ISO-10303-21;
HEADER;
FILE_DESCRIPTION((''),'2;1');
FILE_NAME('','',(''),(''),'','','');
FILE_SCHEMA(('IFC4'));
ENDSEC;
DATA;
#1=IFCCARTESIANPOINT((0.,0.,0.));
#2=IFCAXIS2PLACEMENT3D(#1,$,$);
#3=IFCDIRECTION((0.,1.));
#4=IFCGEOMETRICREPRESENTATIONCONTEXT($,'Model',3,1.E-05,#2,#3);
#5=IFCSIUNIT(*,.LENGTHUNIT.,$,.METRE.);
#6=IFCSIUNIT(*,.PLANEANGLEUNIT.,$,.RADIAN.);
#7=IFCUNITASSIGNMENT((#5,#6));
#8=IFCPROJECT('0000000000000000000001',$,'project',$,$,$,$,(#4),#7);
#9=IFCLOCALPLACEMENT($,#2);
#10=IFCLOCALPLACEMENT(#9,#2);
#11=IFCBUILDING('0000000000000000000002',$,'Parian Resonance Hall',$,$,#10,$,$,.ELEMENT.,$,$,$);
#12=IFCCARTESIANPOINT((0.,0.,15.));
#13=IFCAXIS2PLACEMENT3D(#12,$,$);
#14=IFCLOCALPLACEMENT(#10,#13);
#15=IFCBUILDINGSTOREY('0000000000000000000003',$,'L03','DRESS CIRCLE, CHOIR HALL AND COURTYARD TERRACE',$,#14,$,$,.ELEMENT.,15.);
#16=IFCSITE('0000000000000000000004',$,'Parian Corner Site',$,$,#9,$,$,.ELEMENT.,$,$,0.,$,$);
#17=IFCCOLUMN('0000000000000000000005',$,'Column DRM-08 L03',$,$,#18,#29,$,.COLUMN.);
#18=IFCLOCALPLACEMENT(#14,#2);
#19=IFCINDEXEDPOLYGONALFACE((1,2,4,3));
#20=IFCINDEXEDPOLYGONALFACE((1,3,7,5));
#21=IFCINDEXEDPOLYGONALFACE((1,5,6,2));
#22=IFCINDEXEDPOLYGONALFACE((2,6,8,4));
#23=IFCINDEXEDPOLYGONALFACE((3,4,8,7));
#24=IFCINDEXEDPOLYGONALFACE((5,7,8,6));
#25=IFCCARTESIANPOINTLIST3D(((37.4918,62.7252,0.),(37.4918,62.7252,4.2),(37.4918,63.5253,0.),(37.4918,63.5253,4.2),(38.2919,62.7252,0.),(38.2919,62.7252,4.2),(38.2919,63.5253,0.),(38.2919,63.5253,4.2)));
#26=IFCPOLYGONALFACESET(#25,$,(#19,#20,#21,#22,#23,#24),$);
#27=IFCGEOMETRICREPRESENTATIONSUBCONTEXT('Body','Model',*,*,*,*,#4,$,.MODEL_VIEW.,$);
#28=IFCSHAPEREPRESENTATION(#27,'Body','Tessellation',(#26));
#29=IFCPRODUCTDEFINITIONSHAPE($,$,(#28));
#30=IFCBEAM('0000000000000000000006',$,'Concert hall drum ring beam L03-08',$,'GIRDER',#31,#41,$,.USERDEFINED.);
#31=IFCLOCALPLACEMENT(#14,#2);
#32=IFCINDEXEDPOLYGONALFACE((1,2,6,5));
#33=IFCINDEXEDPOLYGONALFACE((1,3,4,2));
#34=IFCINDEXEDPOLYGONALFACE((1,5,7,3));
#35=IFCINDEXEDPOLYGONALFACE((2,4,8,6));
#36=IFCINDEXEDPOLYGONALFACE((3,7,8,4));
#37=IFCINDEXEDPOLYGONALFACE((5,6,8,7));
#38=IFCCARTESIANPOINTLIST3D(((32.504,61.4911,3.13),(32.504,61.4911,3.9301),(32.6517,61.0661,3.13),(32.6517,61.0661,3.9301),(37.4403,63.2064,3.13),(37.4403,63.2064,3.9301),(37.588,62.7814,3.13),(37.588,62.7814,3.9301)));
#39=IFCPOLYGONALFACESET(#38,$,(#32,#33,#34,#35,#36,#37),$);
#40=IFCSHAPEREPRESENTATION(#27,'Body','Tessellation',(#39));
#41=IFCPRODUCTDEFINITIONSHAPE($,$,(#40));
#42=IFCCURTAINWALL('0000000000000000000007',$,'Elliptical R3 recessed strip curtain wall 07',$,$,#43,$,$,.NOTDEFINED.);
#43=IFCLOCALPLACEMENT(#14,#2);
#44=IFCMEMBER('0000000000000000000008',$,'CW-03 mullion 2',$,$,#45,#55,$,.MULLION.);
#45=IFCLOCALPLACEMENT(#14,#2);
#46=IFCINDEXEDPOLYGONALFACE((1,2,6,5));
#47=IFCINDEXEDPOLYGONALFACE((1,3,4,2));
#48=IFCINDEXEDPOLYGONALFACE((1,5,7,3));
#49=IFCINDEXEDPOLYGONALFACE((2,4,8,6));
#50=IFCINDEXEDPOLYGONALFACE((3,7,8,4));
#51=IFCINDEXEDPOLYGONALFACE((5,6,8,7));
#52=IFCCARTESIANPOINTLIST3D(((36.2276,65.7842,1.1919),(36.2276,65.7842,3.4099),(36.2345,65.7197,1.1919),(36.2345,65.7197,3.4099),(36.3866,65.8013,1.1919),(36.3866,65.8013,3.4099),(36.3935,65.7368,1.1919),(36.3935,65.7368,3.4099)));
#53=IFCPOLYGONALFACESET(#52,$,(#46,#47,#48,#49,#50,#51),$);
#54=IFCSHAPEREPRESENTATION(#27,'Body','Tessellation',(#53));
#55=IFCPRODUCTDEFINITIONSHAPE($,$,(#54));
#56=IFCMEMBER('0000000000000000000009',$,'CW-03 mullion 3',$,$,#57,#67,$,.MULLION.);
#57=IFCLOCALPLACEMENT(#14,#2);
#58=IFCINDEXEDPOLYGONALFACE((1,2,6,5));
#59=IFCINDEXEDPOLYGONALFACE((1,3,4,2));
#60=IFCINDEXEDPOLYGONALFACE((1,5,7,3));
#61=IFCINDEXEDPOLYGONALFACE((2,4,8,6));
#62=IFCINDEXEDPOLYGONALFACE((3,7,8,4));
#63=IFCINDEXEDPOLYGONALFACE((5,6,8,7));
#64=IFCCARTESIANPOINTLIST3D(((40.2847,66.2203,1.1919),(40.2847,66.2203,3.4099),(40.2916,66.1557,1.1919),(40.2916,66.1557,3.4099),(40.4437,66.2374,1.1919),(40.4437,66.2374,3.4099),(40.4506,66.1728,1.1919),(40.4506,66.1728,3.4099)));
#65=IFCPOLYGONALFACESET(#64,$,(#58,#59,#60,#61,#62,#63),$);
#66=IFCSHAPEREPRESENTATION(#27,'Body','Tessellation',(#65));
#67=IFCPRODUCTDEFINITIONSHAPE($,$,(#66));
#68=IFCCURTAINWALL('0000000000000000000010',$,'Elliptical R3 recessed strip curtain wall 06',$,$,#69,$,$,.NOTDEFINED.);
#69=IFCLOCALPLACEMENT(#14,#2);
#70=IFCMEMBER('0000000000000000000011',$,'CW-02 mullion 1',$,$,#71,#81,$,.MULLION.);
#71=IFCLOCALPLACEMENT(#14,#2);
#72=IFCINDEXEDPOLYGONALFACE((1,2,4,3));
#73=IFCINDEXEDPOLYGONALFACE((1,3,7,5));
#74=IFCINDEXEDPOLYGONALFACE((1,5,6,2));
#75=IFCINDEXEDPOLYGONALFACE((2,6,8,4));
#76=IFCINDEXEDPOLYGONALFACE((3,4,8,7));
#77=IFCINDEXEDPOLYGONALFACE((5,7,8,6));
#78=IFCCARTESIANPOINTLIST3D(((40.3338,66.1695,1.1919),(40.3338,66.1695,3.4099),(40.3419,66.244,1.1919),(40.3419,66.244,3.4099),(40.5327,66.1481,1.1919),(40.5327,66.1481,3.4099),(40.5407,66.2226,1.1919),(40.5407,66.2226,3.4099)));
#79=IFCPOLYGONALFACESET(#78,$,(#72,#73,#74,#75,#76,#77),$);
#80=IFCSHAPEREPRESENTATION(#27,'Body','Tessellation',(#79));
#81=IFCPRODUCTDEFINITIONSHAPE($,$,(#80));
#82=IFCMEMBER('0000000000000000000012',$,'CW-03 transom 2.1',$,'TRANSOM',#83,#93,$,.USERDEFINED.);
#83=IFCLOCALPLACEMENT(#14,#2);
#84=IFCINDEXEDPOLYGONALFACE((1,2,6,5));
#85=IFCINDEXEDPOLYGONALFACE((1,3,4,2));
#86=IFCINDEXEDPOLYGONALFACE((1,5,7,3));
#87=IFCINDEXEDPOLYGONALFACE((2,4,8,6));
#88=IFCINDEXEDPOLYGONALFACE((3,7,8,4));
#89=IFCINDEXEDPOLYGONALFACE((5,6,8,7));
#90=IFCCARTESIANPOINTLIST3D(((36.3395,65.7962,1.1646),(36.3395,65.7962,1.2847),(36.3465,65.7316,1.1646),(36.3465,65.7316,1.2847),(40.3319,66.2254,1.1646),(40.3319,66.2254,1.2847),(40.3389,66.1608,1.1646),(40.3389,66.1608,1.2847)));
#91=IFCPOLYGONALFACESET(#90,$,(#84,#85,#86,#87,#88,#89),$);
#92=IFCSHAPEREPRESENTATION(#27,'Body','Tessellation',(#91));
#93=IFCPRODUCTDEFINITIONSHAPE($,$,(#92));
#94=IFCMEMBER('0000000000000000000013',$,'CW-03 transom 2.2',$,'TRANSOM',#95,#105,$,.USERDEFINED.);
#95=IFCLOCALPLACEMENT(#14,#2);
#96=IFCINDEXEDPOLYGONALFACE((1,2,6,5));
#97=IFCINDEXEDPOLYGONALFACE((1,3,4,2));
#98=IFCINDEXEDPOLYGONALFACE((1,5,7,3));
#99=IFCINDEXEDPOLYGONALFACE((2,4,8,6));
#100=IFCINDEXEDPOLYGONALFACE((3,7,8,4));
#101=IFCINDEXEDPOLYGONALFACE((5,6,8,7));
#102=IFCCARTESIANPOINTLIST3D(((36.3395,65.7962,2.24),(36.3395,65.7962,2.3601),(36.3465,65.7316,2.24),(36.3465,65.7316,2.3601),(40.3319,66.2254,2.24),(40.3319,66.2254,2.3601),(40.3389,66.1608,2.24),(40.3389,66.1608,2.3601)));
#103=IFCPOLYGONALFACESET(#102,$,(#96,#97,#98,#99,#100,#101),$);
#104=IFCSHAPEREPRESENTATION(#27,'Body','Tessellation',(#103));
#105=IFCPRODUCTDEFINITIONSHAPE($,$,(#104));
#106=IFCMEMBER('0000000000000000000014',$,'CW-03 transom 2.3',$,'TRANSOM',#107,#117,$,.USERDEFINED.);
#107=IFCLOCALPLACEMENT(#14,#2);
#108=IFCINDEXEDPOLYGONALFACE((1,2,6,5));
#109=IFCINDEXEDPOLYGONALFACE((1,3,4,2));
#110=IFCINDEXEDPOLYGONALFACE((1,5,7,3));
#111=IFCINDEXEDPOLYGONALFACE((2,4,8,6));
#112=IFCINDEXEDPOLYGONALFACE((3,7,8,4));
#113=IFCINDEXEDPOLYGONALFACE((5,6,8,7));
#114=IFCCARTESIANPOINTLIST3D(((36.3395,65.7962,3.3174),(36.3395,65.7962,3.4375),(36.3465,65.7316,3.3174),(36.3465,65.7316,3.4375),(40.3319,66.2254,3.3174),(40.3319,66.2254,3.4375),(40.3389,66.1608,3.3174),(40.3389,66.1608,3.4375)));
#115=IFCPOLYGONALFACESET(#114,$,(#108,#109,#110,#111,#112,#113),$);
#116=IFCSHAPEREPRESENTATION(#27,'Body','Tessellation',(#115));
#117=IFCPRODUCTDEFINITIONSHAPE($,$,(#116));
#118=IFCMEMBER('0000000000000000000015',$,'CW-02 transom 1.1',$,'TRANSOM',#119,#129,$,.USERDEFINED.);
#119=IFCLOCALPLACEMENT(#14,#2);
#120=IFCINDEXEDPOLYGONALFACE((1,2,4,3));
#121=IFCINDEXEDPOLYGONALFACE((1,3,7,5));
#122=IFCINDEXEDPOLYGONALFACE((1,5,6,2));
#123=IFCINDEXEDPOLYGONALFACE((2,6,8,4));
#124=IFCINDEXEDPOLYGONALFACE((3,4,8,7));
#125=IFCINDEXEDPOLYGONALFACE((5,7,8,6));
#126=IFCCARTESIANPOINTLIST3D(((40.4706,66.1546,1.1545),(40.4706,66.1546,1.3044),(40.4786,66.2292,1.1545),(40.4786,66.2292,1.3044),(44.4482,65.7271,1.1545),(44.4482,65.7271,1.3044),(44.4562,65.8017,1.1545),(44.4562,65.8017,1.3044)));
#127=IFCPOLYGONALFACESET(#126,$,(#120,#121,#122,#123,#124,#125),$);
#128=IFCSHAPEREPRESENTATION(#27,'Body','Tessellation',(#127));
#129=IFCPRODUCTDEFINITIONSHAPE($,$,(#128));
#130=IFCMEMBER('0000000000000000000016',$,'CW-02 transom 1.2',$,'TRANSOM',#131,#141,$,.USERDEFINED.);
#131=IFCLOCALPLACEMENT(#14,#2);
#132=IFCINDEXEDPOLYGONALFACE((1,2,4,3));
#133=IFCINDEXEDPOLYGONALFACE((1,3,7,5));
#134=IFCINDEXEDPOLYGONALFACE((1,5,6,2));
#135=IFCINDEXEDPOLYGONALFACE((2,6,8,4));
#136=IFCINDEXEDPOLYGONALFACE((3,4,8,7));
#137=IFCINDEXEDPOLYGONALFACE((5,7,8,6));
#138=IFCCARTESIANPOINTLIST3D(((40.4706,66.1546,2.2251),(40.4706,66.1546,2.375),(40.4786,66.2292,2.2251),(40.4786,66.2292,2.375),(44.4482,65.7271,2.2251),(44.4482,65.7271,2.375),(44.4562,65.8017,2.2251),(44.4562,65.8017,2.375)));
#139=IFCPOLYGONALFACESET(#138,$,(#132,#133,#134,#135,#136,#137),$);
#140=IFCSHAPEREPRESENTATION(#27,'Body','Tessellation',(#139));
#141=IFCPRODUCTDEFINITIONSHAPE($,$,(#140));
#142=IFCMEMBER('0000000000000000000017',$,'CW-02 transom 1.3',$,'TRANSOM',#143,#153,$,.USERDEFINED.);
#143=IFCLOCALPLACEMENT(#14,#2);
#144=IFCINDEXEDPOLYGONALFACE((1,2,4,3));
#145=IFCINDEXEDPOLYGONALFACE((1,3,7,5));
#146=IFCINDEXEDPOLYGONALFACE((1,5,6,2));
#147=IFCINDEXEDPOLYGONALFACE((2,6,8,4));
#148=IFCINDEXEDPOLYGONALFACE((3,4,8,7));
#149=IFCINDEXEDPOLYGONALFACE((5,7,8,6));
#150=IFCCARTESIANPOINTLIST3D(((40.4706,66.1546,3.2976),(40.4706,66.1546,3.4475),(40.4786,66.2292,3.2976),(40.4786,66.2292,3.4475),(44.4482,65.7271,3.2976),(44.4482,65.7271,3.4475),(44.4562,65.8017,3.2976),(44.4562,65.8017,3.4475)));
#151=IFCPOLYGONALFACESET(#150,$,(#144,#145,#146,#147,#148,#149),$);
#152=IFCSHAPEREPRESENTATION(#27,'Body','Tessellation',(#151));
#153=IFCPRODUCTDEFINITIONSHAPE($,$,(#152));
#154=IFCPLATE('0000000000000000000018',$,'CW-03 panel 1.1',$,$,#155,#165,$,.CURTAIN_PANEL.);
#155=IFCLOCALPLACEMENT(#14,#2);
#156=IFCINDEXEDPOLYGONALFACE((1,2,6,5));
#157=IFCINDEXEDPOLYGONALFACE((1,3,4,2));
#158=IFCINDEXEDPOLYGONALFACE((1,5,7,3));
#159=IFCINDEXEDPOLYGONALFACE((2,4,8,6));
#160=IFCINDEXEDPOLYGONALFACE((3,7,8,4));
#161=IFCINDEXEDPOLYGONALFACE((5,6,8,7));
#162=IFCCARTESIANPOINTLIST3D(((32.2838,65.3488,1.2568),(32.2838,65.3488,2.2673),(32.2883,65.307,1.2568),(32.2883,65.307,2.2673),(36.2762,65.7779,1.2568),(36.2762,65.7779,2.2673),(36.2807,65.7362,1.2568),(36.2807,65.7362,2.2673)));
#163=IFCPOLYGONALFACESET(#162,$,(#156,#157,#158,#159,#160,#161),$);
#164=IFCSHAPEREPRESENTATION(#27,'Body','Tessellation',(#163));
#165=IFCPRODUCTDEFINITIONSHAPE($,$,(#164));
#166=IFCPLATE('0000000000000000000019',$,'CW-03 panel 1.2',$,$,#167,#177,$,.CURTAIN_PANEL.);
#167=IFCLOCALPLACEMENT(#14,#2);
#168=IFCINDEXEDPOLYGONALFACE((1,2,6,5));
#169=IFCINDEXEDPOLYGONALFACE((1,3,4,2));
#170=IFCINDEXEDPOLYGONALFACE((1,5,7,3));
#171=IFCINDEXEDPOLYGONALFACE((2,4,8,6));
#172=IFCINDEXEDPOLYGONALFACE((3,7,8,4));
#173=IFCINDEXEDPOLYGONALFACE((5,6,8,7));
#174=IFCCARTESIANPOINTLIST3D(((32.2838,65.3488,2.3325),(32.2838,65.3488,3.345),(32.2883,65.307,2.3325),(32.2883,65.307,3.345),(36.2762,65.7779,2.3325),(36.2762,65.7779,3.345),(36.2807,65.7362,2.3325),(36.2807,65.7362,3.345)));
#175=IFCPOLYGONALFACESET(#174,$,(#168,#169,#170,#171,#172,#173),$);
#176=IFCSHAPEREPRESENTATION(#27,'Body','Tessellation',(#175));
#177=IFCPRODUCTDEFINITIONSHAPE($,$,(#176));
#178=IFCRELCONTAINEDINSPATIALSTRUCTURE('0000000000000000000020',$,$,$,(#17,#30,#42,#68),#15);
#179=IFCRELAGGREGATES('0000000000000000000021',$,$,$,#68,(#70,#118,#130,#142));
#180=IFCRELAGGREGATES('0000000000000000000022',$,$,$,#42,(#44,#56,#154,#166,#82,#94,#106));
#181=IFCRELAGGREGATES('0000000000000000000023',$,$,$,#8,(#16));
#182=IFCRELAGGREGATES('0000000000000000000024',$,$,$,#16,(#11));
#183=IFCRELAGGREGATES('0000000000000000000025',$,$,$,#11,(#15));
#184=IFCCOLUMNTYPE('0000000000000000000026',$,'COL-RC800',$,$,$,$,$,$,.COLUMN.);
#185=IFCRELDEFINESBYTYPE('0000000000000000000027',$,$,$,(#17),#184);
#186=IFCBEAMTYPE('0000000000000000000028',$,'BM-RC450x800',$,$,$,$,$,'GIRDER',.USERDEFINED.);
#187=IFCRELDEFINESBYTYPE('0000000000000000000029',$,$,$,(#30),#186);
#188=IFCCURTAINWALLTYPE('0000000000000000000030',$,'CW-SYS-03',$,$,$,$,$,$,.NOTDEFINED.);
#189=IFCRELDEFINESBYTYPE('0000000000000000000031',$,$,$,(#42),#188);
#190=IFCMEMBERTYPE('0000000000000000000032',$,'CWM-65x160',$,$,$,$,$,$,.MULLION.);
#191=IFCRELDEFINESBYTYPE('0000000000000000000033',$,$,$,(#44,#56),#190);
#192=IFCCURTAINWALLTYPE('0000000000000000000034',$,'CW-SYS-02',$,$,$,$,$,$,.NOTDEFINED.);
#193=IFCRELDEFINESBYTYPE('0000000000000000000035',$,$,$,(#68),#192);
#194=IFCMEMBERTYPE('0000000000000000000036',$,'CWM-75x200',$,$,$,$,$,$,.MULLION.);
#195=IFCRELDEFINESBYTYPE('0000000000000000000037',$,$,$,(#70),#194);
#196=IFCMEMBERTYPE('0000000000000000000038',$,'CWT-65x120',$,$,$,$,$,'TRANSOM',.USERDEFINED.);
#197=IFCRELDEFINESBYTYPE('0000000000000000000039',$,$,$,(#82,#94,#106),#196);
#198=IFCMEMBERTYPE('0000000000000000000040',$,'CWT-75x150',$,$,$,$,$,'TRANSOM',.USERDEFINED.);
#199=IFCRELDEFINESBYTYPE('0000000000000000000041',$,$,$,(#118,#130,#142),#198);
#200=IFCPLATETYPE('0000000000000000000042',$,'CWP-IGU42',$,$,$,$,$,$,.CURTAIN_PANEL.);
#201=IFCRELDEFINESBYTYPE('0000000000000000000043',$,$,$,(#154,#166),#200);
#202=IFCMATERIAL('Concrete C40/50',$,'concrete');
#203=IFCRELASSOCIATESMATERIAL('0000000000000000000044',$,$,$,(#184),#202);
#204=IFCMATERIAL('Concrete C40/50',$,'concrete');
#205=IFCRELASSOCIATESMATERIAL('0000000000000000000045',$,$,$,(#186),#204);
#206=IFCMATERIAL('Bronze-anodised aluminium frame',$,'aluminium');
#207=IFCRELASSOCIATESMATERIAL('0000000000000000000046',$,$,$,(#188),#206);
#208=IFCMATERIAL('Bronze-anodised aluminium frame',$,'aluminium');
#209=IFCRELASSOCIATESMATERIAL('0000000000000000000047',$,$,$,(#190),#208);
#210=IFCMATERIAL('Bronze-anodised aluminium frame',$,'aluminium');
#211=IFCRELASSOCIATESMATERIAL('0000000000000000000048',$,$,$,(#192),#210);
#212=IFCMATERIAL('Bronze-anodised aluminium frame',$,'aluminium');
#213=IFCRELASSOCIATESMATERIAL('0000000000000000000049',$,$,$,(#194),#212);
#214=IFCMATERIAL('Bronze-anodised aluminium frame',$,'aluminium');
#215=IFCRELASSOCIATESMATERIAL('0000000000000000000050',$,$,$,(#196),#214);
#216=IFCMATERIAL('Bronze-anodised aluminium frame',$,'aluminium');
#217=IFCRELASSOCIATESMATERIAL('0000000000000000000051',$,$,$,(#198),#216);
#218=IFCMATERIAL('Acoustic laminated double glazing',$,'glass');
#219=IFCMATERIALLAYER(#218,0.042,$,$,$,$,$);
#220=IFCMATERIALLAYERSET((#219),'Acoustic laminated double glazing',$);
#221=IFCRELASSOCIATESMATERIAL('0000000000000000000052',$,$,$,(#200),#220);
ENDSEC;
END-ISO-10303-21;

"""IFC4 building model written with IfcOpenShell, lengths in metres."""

from ifc_helpers import new_model, si_unit, direction, frame, origin, origin_2d, place, context, subcontext, project, spatial, rectangle, extrude, material, layer, layer_set, material_profile, profile_set, type_object, element, aggregate, save


model = new_model("IFC4")

# Units and contexts
model_context = context("Model", 3, precision=1e-05, world=origin(), true_north=direction((0.0, 1.0)))
body_context = subcontext(model_context, "Body", "Model", "MODEL_VIEW")
ifc_project = project(units=[si_unit("LENGTHUNIT", "METRE"), si_unit("PLANEANGLEUNIT", "RADIAN")], contexts=[model_context])

# Site, building, storey
site_placement = place(None, origin())
site = spatial("IfcSite", under=ifc_project, at=site_placement, Name="Parian Corner Site", CompositionType="ELEMENT", RefElevation=0.0)
building_placement = place(site_placement, origin())
building = spatial("IfcBuilding", under=site, at=building_placement, Name="Parian Resonance Hall", CompositionType="ELEMENT")
storey_placement = place(building_placement, frame((0.0, 0.0, 15.0)))
storey = spatial("IfcBuildingStorey", under=building, at=storey_placement, Name="L03", Description="DRESS CIRCLE, CHOIR HALL AND COURTYARD TERRACE", CompositionType="ELEMENT", Elevation=15.0)

# Column
ifc_material_1 = material(Name="Concrete C40/50", Category="concrete")
ifc_material_profile_1 = material_profile(ifc_material_1, rectangle(XDim=0.8, YDim=0.8, at=origin_2d()), Name="RC-COL-800x800")
ifc_profile_set_1 = profile_set([ifc_material_profile_1], Name="Concrete C40/50")
column_type = type_object("IfcColumnType", Name="COL-RC800", PredefinedType="COLUMN", material=ifc_profile_set_1)
column_placement = place(storey_placement, frame((37.8918, 63.1252, 0.0), z_axis=(0.0, 0.0, 1.0), x_axis=(1.0, 0.0, 0.0)))
element("IfcColumn", 1, at=column_placement, inside=storey, type_object=column_type, Name="Column DRM-08 L03", PredefinedType="COLUMN", context=body_context, shape_type="SweptSolid", body=[
    extrude(rectangle(XDim=0.8, YDim=0.8, at=origin_2d()), origin(), (0.0, 0.0, 1.0), 4.2),
])

# Beam
ifc_material_2 = material(Name="Concrete C40/50", Category="concrete")
ifc_material_profile_2 = material_profile(ifc_material_2, rectangle(XDim=0.45, YDim=0.8, at=origin_2d()), Name="RC-BM-450x800")
ifc_profile_set_2 = profile_set([ifc_material_profile_2], Name="Concrete C40/50")
beam_type = type_object("IfcBeamType", Name="BM-RC450x800", ElementType="GIRDER", PredefinedType="USERDEFINED", material=ifc_profile_set_2)
beam_placement = place(storey_placement, frame((37.5142, 62.9939, 3.53), z_axis=(-0.944594, -0.328242, 0.0), x_axis=(0.328242, -0.944594, 0.0)))
element("IfcBeam", 2, at=beam_placement, inside=storey, type_object=beam_type, Name="Concert hall drum ring beam L03-08", ObjectType="GIRDER", PredefinedType="USERDEFINED", context=body_context, shape_type="SweptSolid", body=[
    extrude(rectangle(XDim=0.45, YDim=0.8, at=origin_2d()), origin(), (0.0, 0.0, 1.0), 5.2258),
])

# Curtain wall, members
ifc_material_3 = material(Name="Bronze-anodised aluminium frame", Category="aluminium")
curtain_wall_type_1 = type_object("IfcCurtainWallType", Name="CW-SYS-03", PredefinedType="NOTDEFINED", material=ifc_material_3)
curtain_wall_1_placement = place(storey_placement, origin())
curtain_wall_1 = element("IfcCurtainWall", 3, at=curtain_wall_1_placement, inside=storey, type_object=curtain_wall_type_1, Name="Elliptical R3 recessed strip curtain wall 07", PredefinedType="NOTDEFINED")
ifc_material_4 = material(Name="Bronze-anodised aluminium frame", Category="aluminium")
ifc_material_profile_3 = material_profile(ifc_material_4, rectangle(XDim=0.0649, YDim=0.1599, at=origin_2d()), Name="CWM-65x160")
ifc_profile_set_3 = profile_set([ifc_material_profile_3], Name="Bronze-anodised aluminium frame")
member_type_1 = type_object("IfcMemberType", Name="CWM-65x160", PredefinedType="MULLION", material=ifc_profile_set_3)
member_1_placement = place(storey_placement, frame((36.3105, 65.7605, 1.1919), z_axis=(0.0, 0.0, 1.0), x_axis=(-0.106871, 0.994273, 0.0)))
member_1 = element("IfcMember", 4, at=member_1_placement, type_object=member_type_1, Name="CW-03 mullion 2", PredefinedType="MULLION", context=body_context, shape_type="SweptSolid", body=[
    extrude(rectangle(XDim=0.0649, YDim=0.1599, at=origin_2d()), origin(), (0.0, 0.0, 1.0), 2.218),
])
member_2_placement = place(storey_placement, frame((40.3677, 66.1965, 1.1919), z_axis=(0.0, 0.0, 1.0), x_axis=(-0.106871, 0.994273, 0.0)))
member_2 = element("IfcMember", 5, at=member_2_placement, type_object=member_type_1, Name="CW-03 mullion 3", PredefinedType="MULLION", context=body_context, shape_type="SweptSolid", body=[
    extrude(rectangle(XDim=0.0649, YDim=0.1599, at=origin_2d()), origin(), (0.0, 0.0, 1.0), 2.218),
])

# Curtain wall, member
ifc_material_5 = material(Name="Bronze-anodised aluminium frame", Category="aluminium")
curtain_wall_type_2 = type_object("IfcCurtainWallType", Name="CW-SYS-02", PredefinedType="NOTDEFINED", material=ifc_material_5)
curtain_wall_2_placement = place(storey_placement, origin())
curtain_wall_2 = element("IfcCurtainWall", 6, at=curtain_wall_2_placement, inside=storey, type_object=curtain_wall_type_2, Name="Elliptical R3 recessed strip curtain wall 06", PredefinedType="NOTDEFINED")
ifc_material_6 = material(Name="Bronze-anodised aluminium frame", Category="aluminium")
ifc_material_profile_4 = material_profile(ifc_material_6, rectangle(XDim=0.075, YDim=0.2, at=origin_2d()), Name="CWM-75x200")
ifc_profile_set_4 = profile_set([ifc_material_profile_4], Name="Bronze-anodised aluminium frame")
member_type_2 = type_object("IfcMemberType", Name="CWM-75x200", PredefinedType="MULLION", material=ifc_profile_set_4)
member_3_placement = place(storey_placement, frame((40.4373, 66.196, 1.1919), z_axis=(0.0, 0.0, 1.0), x_axis=(0.106871, 0.994273, 0.0)))
member_3 = element("IfcMember", 7, at=member_3_placement, type_object=member_type_2, Name="CW-02 mullion 1", PredefinedType="MULLION", context=body_context, shape_type="SweptSolid", body=[
    extrude(rectangle(XDim=0.075, YDim=0.2, at=origin_2d()), origin(), (0.0, 0.0, 1.0), 2.218),
])

# Members
ifc_material_7 = material(Name="Bronze-anodised aluminium frame", Category="aluminium")
ifc_material_profile_5 = material_profile(ifc_material_7, rectangle(XDim=0.0649, YDim=0.1201, at=origin_2d()), Name="CWT-65x120")
ifc_profile_set_5 = profile_set([ifc_material_profile_5], Name="Bronze-anodised aluminium frame")
member_type_3 = type_object("IfcMemberType", Name="CWT-65x120", ElementType="TRANSOM", PredefinedType="USERDEFINED", material=ifc_profile_set_5)
member_4_placement = place(storey_placement, frame((36.343, 65.7639, 1.2246), z_axis=(0.994271, 0.106887, 0.0), x_axis=(-0.106887, 0.994271, 0.0)))
member_4 = element("IfcMember", 8, at=member_4_placement, type_object=member_type_3, Name="CW-03 transom 2.1", ObjectType="TRANSOM", PredefinedType="USERDEFINED", context=body_context, shape_type="SweptSolid", body=[
    extrude(rectangle(XDim=0.0649, YDim=0.1201, at=origin_2d()), origin(), (0.0, 0.0, 1.0), 4.0154),
])
member_5_placement = place(storey_placement, frame((36.343, 65.7639, 2.3), z_axis=(0.994271, 0.106887, 0.0), x_axis=(-0.106887, 0.994271, 0.0)))
member_5 = element("IfcMember", 9, at=member_5_placement, type_object=member_type_3, Name="CW-03 transom 2.2", ObjectType="TRANSOM", PredefinedType="USERDEFINED", context=body_context, shape_type="SweptSolid", body=[
    extrude(rectangle(XDim=0.0649, YDim=0.1201, at=origin_2d()), origin(), (0.0, 0.0, 1.0), 4.0154),
])
member_6_placement = place(storey_placement, frame((36.343, 65.7639, 3.3774), z_axis=(0.994271, 0.106887, 0.0), x_axis=(-0.106887, 0.994271, 0.0)))
member_6 = element("IfcMember", 10, at=member_6_placement, type_object=member_type_3, Name="CW-03 transom 2.3", ObjectType="TRANSOM", PredefinedType="USERDEFINED", context=body_context, shape_type="SweptSolid", body=[
    extrude(rectangle(XDim=0.0649, YDim=0.1201, at=origin_2d()), origin(), (0.0, 0.0, 1.0), 4.0154),
])
ifc_material_8 = material(Name="Bronze-anodised aluminium frame", Category="aluminium")
ifc_material_profile_6 = material_profile(ifc_material_8, rectangle(XDim=0.075, YDim=0.1499, at=origin_2d()), Name="CWT-75x150")
ifc_profile_set_6 = profile_set([ifc_material_profile_6], Name="Bronze-anodised aluminium frame")
member_type_4 = type_object("IfcMemberType", Name="CWT-75x150", ElementType="TRANSOM", PredefinedType="USERDEFINED", material=ifc_profile_set_6)
member_7_placement = place(storey_placement, frame((40.4746, 66.1919, 1.2295), z_axis=(0.994274, -0.106861, 0.0), x_axis=(0.106861, 0.994274, 0.0)))
member_7 = element("IfcMember", 11, at=member_7_placement, type_object=member_type_4, Name="CW-02 transom 1.1", ObjectType="TRANSOM", PredefinedType="USERDEFINED", context=body_context, shape_type="SweptSolid", body=[
    extrude(rectangle(XDim=0.075, YDim=0.1499, at=origin_2d()), origin(), (0.0, 0.0, 1.0), 4.0005),
])
member_8_placement = place(storey_placement, frame((40.4746, 66.1919, 2.3), z_axis=(0.994274, -0.106861, 0.0), x_axis=(0.106861, 0.994274, 0.0)))
member_8 = element("IfcMember", 12, at=member_8_placement, type_object=member_type_4, Name="CW-02 transom 1.2", ObjectType="TRANSOM", PredefinedType="USERDEFINED", context=body_context, shape_type="SweptSolid", body=[
    extrude(rectangle(XDim=0.075, YDim=0.1499, at=origin_2d()), origin(), (0.0, 0.0, 1.0), 4.0005),
])
member_9_placement = place(storey_placement, frame((40.4746, 66.1919, 3.3726), z_axis=(0.994274, -0.106861, 0.0), x_axis=(0.106861, 0.994274, 0.0)))
member_9 = element("IfcMember", 13, at=member_9_placement, type_object=member_type_4, Name="CW-02 transom 1.3", ObjectType="TRANSOM", PredefinedType="USERDEFINED", context=body_context, shape_type="SweptSolid", body=[
    extrude(rectangle(XDim=0.075, YDim=0.1499, at=origin_2d()), origin(), (0.0, 0.0, 1.0), 4.0005),
])
aggregate(curtain_wall_2, [member_3, member_7, member_8, member_9])

# Plates
ifc_material_9 = material(Name="Acoustic laminated double glazing", Category="glass")
ifc_layer_1 = layer(ifc_material_9, 0.042)
ifc_layer_set_1 = layer_set([ifc_layer_1], Name="Acoustic laminated double glazing")
plate_type = type_object("IfcPlateType", Name="CWP-IGU42", PredefinedType="CURTAIN_PANEL", material=ifc_layer_set_1)
plate_1_placement = place(storey_placement, frame((34.2822, 65.5425, 1.2568), z_axis=(0.0, 0.0, 1.0), x_axis=(0.994273, 0.106871, 0.0)))
plate_1 = element("IfcPlate", 14, at=plate_1_placement, type_object=plate_type, Name="CW-03 panel 1.1", PredefinedType="CURTAIN_PANEL", context=body_context, shape_type="SweptSolid", body=[
    extrude(rectangle(XDim=4.0154, YDim=0.042, at=origin_2d()), origin(), (0.0, 0.0, 1.0), 1.0105),
])
plate_2_placement = place(storey_placement, frame((34.2822, 65.5425, 2.3325), z_axis=(0.0, 0.0, 1.0), x_axis=(0.994273, 0.106871, 0.0)))
plate_2 = element("IfcPlate", 15, at=plate_2_placement, type_object=plate_type, Name="CW-03 panel 1.2", PredefinedType="CURTAIN_PANEL", context=body_context, shape_type="SweptSolid", body=[
    extrude(rectangle(XDim=4.0154, YDim=0.042, at=origin_2d()), origin(), (0.0, 0.0, 1.0), 1.0125),
])
aggregate(curtain_wall_1, [member_1, member_2, plate_1, plate_2, member_4, member_5, member_6])

save(model, "model.ifc")
